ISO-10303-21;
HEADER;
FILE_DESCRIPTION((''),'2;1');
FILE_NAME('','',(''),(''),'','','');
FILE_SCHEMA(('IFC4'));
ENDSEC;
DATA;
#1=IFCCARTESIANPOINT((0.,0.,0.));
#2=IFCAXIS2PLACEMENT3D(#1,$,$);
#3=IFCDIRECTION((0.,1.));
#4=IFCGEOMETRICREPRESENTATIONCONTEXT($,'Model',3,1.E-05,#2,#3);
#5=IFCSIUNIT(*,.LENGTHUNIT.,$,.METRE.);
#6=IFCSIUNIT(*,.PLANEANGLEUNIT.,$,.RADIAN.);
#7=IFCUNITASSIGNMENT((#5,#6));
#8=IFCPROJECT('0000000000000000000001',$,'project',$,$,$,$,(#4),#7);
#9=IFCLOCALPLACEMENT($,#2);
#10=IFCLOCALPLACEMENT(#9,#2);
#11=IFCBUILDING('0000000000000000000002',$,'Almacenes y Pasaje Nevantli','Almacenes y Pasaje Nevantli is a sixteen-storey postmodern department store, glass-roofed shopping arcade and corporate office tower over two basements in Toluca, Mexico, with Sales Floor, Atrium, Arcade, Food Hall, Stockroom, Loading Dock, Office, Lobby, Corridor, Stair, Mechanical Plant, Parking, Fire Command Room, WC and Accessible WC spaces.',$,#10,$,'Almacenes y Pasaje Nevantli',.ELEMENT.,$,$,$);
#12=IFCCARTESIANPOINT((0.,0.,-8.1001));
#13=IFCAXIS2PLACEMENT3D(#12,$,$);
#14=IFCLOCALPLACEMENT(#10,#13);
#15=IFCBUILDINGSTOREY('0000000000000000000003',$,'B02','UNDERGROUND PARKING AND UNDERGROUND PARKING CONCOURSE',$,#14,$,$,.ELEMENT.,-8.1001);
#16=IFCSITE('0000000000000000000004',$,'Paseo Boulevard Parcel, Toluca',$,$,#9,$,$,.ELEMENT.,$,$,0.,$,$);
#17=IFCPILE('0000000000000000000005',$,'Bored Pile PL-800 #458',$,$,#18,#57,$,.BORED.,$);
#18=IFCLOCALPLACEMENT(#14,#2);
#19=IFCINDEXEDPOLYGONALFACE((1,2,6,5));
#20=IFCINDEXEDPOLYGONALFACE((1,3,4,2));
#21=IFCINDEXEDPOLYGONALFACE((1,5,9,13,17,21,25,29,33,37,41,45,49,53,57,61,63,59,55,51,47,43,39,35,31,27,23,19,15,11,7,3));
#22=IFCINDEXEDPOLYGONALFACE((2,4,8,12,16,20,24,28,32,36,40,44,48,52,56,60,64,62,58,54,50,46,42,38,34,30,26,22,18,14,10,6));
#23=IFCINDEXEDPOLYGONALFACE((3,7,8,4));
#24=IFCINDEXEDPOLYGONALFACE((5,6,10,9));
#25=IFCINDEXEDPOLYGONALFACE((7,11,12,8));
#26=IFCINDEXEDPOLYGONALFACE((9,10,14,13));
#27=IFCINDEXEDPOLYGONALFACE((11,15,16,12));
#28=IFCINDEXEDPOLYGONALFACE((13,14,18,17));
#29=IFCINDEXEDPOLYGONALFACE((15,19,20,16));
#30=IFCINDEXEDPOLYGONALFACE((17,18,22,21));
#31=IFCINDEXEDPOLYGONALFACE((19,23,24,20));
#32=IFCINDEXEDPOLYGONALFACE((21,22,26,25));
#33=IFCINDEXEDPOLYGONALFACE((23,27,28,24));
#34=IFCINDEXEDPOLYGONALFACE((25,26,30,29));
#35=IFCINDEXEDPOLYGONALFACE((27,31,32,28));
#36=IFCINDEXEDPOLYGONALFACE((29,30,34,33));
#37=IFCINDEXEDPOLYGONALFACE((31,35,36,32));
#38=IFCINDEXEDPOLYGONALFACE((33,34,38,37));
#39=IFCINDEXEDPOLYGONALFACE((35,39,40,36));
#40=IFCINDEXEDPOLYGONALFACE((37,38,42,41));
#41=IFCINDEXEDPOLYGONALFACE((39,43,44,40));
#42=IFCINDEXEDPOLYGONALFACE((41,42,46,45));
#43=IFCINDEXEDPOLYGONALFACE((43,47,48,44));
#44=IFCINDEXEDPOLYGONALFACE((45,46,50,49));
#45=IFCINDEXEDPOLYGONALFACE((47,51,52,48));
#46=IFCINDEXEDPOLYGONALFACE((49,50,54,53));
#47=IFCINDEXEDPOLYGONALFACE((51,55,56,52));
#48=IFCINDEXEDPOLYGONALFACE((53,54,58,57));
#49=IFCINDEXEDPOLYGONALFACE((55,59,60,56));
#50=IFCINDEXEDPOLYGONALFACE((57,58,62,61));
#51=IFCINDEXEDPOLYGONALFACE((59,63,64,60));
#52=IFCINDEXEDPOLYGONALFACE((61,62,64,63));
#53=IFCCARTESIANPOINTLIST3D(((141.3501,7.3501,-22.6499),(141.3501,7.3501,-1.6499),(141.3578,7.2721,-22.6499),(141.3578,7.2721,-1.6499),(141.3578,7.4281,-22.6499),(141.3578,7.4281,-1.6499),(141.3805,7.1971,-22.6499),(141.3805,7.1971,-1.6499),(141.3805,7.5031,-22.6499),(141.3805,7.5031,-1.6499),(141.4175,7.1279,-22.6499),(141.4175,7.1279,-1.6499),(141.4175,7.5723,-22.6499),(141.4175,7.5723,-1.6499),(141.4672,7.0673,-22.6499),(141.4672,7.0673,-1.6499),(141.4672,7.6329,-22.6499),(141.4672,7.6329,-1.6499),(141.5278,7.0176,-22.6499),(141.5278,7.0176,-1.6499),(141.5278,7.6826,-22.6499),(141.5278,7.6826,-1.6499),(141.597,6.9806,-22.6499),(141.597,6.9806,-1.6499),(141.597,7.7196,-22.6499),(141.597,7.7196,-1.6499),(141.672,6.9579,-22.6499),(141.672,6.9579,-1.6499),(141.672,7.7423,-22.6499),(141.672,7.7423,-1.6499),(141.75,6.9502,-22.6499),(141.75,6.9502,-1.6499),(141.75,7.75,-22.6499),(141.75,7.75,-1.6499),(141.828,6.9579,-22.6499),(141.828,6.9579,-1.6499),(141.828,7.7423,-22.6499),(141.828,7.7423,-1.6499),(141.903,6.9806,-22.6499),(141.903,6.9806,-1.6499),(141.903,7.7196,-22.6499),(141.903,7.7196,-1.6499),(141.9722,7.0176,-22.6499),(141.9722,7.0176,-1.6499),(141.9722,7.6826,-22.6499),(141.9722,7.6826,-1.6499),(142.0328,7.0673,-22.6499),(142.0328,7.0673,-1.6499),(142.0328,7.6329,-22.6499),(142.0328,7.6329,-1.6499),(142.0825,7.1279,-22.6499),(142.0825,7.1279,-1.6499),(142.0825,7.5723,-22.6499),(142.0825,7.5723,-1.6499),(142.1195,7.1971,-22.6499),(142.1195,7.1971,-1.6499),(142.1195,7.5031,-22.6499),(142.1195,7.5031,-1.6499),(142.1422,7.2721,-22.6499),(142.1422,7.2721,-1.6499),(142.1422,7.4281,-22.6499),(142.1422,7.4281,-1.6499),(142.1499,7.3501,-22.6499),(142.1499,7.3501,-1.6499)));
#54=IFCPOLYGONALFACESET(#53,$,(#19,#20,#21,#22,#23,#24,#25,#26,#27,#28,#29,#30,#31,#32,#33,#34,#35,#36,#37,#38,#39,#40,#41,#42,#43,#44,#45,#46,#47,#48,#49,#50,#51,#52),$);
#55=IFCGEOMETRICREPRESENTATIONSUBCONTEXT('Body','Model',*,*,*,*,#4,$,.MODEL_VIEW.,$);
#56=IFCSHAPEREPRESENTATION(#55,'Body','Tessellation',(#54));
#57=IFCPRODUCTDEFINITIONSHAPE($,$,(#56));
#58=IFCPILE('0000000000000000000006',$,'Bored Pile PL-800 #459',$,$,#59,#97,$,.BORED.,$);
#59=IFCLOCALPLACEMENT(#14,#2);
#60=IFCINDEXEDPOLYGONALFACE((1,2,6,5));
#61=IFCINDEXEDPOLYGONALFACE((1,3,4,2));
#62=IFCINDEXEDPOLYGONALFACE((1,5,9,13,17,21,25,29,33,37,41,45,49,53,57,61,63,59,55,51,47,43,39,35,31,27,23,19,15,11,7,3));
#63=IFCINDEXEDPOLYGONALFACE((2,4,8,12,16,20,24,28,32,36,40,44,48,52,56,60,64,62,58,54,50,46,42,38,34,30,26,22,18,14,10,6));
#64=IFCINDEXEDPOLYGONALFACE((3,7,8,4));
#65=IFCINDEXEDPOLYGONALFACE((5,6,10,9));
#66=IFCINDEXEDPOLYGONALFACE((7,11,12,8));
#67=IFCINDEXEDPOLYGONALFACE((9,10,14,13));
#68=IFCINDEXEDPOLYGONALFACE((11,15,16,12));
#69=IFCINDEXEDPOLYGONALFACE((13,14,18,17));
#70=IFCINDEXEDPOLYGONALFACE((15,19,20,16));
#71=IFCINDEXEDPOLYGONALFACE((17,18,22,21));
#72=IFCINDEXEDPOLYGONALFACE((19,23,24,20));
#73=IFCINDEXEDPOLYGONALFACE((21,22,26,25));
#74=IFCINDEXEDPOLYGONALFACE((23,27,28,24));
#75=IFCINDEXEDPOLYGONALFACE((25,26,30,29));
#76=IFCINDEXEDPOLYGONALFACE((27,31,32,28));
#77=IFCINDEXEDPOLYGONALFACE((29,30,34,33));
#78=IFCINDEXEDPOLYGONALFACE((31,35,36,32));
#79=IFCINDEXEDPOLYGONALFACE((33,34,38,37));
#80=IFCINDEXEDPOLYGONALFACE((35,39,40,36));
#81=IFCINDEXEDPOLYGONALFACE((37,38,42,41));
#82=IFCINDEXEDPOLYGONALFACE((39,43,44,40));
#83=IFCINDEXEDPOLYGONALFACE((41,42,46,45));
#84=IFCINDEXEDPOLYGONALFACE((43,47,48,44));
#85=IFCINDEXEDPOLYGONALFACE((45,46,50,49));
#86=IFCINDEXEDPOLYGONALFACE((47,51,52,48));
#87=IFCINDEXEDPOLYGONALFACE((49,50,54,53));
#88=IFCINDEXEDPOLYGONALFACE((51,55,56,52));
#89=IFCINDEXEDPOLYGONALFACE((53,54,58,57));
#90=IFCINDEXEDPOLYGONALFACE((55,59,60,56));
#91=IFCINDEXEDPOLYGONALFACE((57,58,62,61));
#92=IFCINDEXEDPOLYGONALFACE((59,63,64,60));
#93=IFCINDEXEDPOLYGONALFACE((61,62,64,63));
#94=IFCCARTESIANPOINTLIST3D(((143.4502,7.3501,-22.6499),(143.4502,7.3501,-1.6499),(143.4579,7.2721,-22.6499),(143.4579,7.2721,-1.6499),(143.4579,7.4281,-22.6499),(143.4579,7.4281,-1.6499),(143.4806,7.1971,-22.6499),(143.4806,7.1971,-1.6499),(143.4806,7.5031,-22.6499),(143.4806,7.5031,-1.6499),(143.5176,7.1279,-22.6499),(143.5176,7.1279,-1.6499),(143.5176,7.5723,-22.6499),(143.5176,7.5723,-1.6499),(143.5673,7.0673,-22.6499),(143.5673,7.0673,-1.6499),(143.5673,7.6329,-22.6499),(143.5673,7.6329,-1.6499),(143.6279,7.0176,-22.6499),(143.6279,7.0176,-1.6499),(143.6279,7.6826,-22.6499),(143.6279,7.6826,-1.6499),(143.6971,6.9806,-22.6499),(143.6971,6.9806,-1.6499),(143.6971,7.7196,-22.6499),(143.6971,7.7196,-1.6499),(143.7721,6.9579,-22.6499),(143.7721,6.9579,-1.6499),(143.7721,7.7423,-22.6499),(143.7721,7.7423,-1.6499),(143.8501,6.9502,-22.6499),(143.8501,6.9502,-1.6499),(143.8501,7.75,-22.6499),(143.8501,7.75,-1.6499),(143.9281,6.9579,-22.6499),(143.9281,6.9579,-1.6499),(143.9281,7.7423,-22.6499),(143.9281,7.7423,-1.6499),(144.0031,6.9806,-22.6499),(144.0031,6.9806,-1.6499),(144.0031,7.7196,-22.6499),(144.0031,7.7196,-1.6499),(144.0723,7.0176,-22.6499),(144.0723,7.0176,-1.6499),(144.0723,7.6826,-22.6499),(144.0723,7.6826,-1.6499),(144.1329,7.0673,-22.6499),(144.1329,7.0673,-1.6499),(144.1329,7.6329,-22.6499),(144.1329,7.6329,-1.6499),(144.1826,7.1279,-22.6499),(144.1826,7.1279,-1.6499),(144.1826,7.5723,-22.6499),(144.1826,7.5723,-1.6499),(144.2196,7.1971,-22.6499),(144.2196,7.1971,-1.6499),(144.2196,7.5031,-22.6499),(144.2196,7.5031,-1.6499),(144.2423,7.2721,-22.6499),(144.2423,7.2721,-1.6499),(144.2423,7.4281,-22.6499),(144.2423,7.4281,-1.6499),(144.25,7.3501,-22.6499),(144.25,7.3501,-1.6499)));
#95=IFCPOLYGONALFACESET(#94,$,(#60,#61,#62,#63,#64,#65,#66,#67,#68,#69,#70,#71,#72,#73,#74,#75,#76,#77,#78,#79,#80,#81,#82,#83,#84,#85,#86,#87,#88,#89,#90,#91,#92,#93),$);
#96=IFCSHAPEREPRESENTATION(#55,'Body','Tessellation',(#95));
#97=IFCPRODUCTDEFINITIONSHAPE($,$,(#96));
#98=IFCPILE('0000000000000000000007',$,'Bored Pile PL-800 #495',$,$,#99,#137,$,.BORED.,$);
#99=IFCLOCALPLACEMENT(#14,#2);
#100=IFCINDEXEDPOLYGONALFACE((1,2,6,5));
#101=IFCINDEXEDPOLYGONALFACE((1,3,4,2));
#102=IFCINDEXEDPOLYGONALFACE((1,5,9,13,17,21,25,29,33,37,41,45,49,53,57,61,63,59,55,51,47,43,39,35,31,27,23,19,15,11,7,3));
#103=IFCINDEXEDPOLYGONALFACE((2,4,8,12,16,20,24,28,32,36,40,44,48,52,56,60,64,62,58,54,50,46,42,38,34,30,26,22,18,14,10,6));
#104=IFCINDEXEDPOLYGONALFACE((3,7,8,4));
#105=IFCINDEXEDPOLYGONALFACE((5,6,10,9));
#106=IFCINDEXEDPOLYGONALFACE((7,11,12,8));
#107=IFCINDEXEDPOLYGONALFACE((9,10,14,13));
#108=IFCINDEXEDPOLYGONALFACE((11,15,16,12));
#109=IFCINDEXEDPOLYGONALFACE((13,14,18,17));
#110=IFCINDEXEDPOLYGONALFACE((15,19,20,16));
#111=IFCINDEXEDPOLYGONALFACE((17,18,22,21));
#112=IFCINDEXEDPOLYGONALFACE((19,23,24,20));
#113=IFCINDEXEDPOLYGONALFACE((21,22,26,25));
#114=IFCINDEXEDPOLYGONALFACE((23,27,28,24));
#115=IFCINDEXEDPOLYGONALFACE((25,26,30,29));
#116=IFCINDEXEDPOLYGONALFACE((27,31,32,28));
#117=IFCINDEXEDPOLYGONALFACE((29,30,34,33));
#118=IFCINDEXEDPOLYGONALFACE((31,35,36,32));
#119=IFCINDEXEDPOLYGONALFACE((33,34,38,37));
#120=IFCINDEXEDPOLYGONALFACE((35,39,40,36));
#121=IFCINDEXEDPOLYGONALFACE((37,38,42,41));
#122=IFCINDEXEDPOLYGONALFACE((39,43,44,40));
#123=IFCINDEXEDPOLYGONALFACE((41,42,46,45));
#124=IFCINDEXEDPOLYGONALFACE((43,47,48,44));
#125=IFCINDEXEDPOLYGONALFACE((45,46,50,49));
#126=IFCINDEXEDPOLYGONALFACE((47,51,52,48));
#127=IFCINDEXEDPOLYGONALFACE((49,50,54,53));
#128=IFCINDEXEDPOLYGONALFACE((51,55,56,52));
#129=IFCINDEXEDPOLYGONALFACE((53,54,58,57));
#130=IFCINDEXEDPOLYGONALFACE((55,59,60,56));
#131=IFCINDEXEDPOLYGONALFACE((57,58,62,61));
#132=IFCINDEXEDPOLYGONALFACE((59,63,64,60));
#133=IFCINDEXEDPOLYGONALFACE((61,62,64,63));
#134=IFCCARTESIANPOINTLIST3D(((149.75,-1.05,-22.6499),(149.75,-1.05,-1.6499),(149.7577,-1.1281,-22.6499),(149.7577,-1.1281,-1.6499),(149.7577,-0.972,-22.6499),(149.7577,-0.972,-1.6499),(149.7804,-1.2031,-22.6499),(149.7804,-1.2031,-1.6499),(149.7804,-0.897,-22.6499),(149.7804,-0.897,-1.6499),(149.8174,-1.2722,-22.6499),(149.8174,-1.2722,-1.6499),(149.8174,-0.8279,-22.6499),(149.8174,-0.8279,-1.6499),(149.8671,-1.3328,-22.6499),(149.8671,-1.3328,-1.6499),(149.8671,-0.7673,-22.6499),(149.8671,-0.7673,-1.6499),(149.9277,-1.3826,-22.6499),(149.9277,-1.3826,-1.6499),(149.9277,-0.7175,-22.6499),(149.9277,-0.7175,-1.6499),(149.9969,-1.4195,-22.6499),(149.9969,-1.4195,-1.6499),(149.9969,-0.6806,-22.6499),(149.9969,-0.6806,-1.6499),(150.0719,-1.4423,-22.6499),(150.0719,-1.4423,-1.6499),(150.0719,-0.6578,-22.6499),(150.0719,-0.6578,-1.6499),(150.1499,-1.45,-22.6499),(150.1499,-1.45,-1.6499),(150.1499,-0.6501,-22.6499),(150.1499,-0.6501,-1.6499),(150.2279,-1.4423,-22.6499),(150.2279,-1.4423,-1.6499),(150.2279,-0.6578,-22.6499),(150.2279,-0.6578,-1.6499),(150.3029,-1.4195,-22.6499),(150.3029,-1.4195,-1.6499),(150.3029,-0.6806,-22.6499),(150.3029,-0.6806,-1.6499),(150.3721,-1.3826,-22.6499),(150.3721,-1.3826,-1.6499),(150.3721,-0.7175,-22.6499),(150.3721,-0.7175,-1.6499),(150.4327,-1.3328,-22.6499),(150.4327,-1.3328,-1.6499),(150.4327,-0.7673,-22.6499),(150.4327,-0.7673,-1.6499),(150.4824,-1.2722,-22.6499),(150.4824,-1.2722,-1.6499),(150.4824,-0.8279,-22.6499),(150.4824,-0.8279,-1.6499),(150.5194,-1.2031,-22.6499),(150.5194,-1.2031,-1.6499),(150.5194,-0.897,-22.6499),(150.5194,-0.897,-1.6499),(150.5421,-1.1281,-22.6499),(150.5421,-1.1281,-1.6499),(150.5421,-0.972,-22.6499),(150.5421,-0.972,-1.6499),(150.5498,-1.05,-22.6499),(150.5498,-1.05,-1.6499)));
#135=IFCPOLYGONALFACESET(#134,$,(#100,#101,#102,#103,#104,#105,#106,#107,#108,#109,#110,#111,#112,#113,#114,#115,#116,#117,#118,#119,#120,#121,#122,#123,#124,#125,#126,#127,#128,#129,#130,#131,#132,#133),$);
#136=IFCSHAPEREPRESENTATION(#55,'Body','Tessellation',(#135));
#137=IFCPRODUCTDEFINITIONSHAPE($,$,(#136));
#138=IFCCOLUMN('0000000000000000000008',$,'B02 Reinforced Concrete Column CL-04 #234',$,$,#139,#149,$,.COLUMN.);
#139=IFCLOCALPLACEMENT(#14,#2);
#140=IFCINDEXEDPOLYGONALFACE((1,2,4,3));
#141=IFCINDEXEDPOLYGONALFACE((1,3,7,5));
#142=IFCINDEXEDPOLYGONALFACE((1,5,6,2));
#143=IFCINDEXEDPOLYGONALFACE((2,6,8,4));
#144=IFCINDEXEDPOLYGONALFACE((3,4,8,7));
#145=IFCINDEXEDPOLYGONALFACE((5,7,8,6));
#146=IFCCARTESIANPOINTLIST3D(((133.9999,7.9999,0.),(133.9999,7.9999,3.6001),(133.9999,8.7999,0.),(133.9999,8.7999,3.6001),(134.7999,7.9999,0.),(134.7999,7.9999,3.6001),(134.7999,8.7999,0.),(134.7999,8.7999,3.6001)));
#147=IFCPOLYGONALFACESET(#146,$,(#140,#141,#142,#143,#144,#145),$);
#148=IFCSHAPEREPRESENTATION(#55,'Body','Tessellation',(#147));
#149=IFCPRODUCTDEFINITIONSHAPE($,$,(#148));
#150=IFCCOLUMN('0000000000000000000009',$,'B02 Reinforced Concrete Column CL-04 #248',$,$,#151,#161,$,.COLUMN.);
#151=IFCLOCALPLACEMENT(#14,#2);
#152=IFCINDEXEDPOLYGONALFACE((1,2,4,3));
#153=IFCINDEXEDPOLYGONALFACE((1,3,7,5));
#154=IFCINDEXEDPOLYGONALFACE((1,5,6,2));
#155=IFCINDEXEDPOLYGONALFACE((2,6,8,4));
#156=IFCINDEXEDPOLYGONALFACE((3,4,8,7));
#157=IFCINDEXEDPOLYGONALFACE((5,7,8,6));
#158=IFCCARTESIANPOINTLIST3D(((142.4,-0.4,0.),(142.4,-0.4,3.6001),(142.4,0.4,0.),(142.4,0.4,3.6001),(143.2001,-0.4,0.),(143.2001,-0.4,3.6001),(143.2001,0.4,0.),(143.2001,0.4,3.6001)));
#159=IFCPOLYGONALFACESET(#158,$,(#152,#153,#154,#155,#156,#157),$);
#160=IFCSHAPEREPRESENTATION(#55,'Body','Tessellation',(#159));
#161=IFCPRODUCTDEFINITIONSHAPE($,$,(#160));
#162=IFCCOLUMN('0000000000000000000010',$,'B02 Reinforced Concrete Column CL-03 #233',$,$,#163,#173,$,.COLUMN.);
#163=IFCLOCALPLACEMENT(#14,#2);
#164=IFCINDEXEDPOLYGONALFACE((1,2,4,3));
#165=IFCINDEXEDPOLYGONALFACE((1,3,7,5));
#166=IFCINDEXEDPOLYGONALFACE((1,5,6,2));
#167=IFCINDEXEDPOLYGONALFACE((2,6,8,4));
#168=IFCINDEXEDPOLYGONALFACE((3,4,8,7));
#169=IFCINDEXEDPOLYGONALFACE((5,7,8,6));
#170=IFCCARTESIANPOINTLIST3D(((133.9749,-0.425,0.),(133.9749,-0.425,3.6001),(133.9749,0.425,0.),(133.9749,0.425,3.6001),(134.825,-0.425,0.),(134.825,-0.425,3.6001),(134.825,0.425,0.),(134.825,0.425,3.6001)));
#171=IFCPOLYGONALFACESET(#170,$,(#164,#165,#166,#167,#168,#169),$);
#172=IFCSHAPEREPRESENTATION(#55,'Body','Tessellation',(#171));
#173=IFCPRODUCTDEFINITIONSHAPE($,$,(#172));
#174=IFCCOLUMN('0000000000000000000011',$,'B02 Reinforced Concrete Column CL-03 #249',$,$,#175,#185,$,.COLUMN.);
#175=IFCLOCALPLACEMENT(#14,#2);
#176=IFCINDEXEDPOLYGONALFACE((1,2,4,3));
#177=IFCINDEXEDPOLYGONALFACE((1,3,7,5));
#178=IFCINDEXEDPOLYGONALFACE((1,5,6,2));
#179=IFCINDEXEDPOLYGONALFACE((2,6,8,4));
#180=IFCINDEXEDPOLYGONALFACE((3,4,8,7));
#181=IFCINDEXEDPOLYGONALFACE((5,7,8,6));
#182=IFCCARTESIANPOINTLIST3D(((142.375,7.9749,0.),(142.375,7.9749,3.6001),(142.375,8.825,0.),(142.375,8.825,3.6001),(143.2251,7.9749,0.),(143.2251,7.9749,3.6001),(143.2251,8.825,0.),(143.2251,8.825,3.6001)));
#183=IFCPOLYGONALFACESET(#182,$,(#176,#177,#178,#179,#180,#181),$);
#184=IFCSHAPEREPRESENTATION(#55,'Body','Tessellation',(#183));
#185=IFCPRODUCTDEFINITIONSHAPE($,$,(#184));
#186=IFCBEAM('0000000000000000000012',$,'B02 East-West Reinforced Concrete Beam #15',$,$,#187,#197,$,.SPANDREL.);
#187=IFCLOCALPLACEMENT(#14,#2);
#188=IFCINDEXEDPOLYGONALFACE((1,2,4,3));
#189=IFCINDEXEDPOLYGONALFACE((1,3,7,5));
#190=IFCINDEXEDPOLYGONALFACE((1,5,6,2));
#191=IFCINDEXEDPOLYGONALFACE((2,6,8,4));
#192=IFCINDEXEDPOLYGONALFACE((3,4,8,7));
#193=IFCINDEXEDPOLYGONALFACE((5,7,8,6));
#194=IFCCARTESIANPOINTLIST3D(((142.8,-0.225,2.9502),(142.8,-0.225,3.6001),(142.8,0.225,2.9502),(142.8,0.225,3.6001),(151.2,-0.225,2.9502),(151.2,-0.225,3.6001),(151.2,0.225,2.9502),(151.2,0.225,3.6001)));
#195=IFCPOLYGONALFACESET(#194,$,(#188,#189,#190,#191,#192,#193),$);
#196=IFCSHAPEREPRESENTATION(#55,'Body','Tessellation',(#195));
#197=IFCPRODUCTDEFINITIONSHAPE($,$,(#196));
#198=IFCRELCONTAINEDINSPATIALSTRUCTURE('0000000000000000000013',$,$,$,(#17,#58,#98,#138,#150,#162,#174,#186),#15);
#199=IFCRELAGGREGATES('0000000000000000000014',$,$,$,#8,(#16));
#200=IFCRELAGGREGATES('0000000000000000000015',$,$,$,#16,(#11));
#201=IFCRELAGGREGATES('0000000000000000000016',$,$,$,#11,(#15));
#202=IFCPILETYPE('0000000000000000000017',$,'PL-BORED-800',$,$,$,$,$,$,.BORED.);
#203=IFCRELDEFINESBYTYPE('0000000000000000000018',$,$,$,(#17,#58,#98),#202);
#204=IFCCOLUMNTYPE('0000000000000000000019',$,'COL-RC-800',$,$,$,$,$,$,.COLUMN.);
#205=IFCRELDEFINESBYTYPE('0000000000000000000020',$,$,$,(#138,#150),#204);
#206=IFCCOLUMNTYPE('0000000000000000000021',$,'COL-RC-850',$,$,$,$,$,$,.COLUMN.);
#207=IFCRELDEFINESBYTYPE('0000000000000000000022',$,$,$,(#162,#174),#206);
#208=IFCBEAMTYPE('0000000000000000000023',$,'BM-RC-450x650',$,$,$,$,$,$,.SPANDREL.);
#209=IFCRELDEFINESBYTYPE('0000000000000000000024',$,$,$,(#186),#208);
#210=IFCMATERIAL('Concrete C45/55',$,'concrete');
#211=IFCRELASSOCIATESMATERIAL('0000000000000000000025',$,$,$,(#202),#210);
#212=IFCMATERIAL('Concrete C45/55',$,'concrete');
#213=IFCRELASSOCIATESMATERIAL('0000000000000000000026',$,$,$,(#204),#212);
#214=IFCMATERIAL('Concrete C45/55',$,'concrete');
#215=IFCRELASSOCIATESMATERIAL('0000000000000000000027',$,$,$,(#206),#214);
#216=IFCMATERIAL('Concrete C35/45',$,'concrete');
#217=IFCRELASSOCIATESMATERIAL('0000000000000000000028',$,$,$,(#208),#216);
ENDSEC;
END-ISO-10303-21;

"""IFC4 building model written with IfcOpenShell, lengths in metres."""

from ifc_helpers import new_model, si_unit, direction, frame, origin, origin_2d, place, context, subcontext, project, spatial, rectangle, circle, extrude, material, material_profile, profile_set, type_object, element, save


model = new_model("IFC4")

# Units and contexts
model_context = context("Model", 3, precision=1e-05, world=origin(), true_north=direction((0.0, 1.0)))
body_context = subcontext(model_context, "Body", "Model", "MODEL_VIEW")
ifc_project = project(units=[si_unit("LENGTHUNIT", "METRE"), si_unit("PLANEANGLEUNIT", "RADIAN")], contexts=[model_context])

# Site, building, storey
site_placement = place(None, origin())
site = spatial("IfcSite", under=ifc_project, at=site_placement, Name="Paseo Boulevard Parcel, Toluca", CompositionType="ELEMENT", RefElevation=0.0)
building_placement = place(site_placement, origin())
building = spatial("IfcBuilding", under=site, at=building_placement, Name="Almacenes y Pasaje Nevantli", Description="Almacenes y Pasaje Nevantli is a sixteen-storey postmodern department store, glass-roofed shopping arcade and corporate office tower over two basements in Toluca, Mexico, with Sales Floor, Atrium, Arcade, Food Hall, Stockroom, Loading Dock, Office, Lobby, Corridor, Stair, Mechanical Plant, Parking, Fire Command Room, WC and Accessible WC spaces.", LongName="Almacenes y Pasaje Nevantli", CompositionType="ELEMENT")
storey_placement = place(building_placement, frame((0.0, 0.0, -8.1001)))
storey = spatial("IfcBuildingStorey", under=building, at=storey_placement, Name="B02", Description="UNDERGROUND PARKING AND UNDERGROUND PARKING CONCOURSE", CompositionType="ELEMENT", Elevation=-8.1001)

# Piles
ifc_material_1 = material(Name="Concrete C45/55", Category="concrete")
ifc_material_profile_1 = material_profile(ifc_material_1, circle(Radius=0.3999, at=origin_2d()), Name="RC-PILE-D800")
ifc_profile_set_1 = profile_set([ifc_material_profile_1], Name="Concrete C45/55")
pile_type_1 = type_object("IfcPileType", Name="PL-BORED-800", PredefinedType="BORED", material=ifc_profile_set_1)
for number, where, z_axis, x_axis, name in (
    (1, (141.75, 7.3501, -1.6499), (0.0, 0.0, -1.0), (1.0, 0.0, 0.0), "Bored Pile PL-800 #458"),
    (2, (143.8501, 7.3501, -1.6499), (0.0, 0.0, -1.0), (1.0, 0.0, 0.0), "Bored Pile PL-800 #459"),
    (3, (150.1499, -1.05, -1.6499), (0.0, 0.0, -1.0), (1.0, 0.0, 0.0), "Bored Pile PL-800 #495"),
):
    element("IfcPile", number, at=place(storey_placement, frame(where, z_axis=z_axis, x_axis=x_axis)), inside=storey, type_object=pile_type_1, Name=name, PredefinedType="BORED", context=body_context, shape_type="SweptSolid", body=[
        extrude(circle(Radius=0.3999, at=origin_2d()), origin(), (0.0, 0.0, 1.0), 21.0),
    ])

# Columns
ifc_material_2 = material(Name="Concrete C45/55", Category="concrete")
ifc_material_profile_2 = material_profile(ifc_material_2, rectangle(XDim=0.8, YDim=0.8, at=origin_2d()), Name="RC-COL-800x800")
ifc_profile_set_2 = profile_set([ifc_material_profile_2], Name="Concrete C45/55")
column_type_1 = type_object("IfcColumnType", Name="COL-RC-800", PredefinedType="COLUMN", material=ifc_profile_set_2)
for number, where, z_axis, x_axis, name in (
    (4, (134.3999, 8.3999, 0.0), (0.0, 0.0, 1.0), (1.0, 0.0, 0.0), "B02 Reinforced Concrete Column CL-04 #234"),
    (5, (142.8, 0.0, 0.0), (0.0, 0.0, 1.0), (1.0, 0.0, 0.0), "B02 Reinforced Concrete Column CL-04 #248"),
):
    element("IfcColumn", number, at=place(storey_placement, frame(where, z_axis=z_axis, x_axis=x_axis)), inside=storey, type_object=column_type_1, Name=name, PredefinedType="COLUMN", context=body_context, shape_type="SweptSolid", body=[
        extrude(rectangle(XDim=0.8, YDim=0.8, at=origin_2d()), origin(), (0.0, 0.0, 1.0), 3.6001),
    ])
ifc_material_3 = material(Name="Concrete C45/55", Category="concrete")
ifc_material_profile_3 = material_profile(ifc_material_3, rectangle(XDim=0.8501, YDim=0.8501, at=origin_2d()), Name="RC-COL-850x850")
ifc_profile_set_3 = profile_set([ifc_material_profile_3], Name="Concrete C45/55")
column_type_2 = type_object("IfcColumnType", Name="COL-RC-850", PredefinedType="COLUMN", material=ifc_profile_set_3)
for number, where, z_axis, x_axis, name in (
    (6, (134.3999, 0.0, 0.0), (0.0, 0.0, 1.0), (1.0, 0.0, 0.0), "B02 Reinforced Concrete Column CL-03 #233"),
    (7, (142.8, 8.3999, 0.0), (0.0, 0.0, 1.0), (1.0, 0.0, 0.0), "B02 Reinforced Concrete Column CL-03 #249"),
):
    element("IfcColumn", number, at=place(storey_placement, frame(where, z_axis=z_axis, x_axis=x_axis)), inside=storey, type_object=column_type_2, Name=name, PredefinedType="COLUMN", context=body_context, shape_type="SweptSolid", body=[
        extrude(rectangle(XDim=0.8501, YDim=0.8501, at=origin_2d()), origin(), (0.0, 0.0, 1.0), 3.6001),
    ])

# Beam
ifc_material_4 = material(Name="Concrete C35/45", Category="concrete")
ifc_material_profile_4 = material_profile(ifc_material_4, rectangle(XDim=0.45, YDim=0.6499, at=origin_2d()), Name="RC-BM-450x650")
ifc_profile_set_4 = profile_set([ifc_material_profile_4], Name="Concrete C35/45")
beam_type_1 = type_object("IfcBeamType", Name="BM-RC-450x650", PredefinedType="SPANDREL", material=ifc_profile_set_4)
beam_1_placement = place(storey_placement, frame((142.8, 0.0, 3.2751), z_axis=(1.0, 0.0, 0.0), x_axis=(0.0, 1.0, 0.0)))
element("IfcBeam", 8, at=beam_1_placement, inside=storey, type_object=beam_type_1, Name="B02 East-West Reinforced Concrete Beam #15", PredefinedType="SPANDREL", context=body_context, shape_type="SweptSolid", body=[
    extrude(rectangle(XDim=0.45, YDim=0.6499, at=origin_2d()), origin(), (0.0, 0.0, 1.0), 8.3999),
])

save(model, "model.ifc")
